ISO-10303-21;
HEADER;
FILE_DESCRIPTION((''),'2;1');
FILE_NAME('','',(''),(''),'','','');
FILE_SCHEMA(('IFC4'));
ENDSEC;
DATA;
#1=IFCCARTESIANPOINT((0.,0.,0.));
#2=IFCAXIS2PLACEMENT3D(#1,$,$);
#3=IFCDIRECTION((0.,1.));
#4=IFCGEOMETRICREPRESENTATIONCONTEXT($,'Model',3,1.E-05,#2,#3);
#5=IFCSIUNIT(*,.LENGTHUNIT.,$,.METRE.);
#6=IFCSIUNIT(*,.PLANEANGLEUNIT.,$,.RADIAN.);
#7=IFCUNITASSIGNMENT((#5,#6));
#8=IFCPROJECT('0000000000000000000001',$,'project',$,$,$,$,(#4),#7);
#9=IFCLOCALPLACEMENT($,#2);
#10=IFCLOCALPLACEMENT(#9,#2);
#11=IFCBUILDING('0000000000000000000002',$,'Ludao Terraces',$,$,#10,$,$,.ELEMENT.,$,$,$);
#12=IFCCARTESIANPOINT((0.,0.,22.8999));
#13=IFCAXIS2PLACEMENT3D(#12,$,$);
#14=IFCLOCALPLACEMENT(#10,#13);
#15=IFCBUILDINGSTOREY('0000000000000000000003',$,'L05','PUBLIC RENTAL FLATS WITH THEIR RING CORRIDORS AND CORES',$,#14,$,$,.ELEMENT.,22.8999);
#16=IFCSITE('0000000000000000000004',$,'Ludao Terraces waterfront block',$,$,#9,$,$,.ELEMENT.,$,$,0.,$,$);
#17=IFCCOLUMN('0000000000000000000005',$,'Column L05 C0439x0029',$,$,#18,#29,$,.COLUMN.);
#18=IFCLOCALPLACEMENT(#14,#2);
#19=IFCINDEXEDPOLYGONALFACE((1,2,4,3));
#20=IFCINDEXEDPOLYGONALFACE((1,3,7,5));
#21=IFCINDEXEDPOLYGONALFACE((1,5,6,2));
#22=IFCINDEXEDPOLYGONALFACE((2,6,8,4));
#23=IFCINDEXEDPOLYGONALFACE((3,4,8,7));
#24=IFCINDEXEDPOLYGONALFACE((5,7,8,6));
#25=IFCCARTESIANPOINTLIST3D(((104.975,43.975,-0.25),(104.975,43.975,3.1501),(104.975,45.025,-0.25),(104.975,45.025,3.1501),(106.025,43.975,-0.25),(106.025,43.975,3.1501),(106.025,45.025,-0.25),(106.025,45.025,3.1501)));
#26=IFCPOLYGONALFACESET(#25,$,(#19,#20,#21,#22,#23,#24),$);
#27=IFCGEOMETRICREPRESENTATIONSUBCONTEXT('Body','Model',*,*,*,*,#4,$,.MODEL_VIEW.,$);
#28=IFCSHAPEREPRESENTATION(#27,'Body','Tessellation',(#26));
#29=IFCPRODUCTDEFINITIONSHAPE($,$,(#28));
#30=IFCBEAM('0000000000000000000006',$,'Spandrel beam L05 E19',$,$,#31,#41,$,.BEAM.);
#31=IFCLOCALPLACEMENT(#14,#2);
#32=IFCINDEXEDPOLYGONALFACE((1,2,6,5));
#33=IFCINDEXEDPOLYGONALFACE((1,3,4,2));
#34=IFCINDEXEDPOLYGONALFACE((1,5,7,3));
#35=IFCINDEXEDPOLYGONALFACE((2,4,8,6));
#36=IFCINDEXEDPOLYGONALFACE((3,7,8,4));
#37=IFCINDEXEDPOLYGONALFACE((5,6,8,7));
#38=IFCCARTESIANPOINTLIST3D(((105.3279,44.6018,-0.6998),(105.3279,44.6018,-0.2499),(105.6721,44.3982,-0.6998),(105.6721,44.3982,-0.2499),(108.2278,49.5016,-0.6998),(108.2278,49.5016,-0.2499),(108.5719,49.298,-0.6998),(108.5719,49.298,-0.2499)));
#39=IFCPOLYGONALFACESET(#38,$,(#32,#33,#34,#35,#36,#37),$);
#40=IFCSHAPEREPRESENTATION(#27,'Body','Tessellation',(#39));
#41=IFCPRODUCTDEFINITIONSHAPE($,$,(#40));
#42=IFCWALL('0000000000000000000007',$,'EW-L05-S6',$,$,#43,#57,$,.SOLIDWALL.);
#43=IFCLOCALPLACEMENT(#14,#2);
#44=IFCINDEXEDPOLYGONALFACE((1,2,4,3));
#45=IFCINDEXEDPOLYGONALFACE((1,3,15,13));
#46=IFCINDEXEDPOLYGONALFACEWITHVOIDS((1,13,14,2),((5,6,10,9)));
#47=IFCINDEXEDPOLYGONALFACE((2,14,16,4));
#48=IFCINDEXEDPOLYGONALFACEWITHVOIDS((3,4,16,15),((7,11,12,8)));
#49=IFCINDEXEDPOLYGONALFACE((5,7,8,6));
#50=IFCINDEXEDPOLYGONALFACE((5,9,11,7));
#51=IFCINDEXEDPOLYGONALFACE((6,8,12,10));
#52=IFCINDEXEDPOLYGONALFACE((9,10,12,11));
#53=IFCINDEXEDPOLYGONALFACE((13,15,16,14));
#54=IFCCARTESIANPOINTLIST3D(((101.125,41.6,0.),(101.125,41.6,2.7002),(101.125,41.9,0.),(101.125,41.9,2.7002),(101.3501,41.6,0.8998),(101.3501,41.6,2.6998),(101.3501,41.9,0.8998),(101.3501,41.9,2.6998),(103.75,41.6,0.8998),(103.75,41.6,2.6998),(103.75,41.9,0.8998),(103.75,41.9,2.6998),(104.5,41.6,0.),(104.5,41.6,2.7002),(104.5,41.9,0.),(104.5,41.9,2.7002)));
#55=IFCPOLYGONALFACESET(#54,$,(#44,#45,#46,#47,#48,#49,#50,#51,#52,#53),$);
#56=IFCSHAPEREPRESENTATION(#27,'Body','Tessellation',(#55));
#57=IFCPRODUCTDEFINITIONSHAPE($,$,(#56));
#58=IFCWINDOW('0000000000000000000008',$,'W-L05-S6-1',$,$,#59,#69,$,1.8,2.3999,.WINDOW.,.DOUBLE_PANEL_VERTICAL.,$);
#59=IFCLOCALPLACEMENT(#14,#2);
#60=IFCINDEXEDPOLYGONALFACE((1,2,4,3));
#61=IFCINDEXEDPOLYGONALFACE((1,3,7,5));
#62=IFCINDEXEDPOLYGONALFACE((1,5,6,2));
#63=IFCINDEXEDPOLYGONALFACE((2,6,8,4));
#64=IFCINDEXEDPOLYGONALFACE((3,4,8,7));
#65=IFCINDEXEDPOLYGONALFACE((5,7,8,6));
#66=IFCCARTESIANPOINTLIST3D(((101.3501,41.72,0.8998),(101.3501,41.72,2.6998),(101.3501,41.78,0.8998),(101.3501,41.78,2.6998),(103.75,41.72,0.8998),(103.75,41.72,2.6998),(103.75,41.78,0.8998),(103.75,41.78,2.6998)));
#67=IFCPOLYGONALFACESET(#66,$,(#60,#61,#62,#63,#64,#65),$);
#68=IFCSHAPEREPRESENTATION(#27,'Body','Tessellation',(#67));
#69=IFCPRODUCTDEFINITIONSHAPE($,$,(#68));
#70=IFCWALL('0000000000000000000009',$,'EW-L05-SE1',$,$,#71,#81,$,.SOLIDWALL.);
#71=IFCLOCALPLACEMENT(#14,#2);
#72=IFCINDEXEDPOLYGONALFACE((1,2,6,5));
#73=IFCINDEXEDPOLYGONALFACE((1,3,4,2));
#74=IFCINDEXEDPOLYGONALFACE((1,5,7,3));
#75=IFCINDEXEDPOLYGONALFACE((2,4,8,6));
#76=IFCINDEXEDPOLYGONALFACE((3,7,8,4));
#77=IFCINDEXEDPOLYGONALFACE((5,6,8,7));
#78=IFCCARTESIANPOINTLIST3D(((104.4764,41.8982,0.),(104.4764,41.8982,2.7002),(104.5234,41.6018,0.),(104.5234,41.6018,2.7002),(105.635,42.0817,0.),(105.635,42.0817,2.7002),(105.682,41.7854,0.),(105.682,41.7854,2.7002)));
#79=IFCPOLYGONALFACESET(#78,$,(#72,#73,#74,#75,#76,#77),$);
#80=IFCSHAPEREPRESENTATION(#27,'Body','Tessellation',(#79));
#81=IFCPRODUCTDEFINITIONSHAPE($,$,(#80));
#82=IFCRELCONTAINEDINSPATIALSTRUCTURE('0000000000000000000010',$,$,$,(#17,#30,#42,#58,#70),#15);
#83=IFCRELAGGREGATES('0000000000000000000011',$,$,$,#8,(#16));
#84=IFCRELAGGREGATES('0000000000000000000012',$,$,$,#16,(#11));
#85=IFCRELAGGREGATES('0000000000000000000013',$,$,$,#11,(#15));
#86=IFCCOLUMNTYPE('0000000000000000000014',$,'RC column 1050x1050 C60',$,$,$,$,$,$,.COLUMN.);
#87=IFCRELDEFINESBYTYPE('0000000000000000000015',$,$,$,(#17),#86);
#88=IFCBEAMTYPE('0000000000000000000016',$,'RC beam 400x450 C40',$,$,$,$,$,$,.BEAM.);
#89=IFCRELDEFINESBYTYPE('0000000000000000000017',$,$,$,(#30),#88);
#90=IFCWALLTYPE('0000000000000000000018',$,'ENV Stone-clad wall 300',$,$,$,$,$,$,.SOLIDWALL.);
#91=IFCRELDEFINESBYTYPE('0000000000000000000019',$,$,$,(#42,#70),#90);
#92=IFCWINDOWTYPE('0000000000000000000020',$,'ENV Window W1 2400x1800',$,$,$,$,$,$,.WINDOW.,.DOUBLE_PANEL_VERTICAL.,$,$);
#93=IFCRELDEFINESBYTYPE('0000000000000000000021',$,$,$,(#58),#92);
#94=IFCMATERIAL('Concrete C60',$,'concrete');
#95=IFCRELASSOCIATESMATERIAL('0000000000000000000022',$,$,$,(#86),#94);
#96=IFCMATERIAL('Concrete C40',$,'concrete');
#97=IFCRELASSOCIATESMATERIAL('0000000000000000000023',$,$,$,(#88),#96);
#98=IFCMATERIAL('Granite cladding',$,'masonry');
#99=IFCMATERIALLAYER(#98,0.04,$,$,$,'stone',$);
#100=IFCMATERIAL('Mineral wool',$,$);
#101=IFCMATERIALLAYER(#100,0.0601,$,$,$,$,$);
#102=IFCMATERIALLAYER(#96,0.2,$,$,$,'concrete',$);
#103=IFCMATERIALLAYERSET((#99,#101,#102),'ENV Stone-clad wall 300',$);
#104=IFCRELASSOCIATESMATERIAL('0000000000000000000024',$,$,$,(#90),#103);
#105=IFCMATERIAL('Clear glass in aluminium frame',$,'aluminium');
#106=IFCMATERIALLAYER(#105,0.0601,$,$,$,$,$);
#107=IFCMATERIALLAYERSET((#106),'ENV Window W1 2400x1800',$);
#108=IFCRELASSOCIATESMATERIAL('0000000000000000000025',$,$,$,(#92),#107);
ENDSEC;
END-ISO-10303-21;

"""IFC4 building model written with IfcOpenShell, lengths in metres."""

from ifc_helpers import new_model, si_unit, direction, frame, frame_2d, origin, origin_2d, place, context, subcontext, project, spatial, rectangle, extrude, material, layer, layer_set, material_profile, profile_set, type_object, element, fill, save


model = new_model("IFC4")

# Units and contexts
model_context = context("Model", 3, precision=1e-05, world=origin(), true_north=direction((0.0, 1.0)))
body_context = subcontext(model_context, "Body", "Model", "MODEL_VIEW")
ifc_project = project(units=[si_unit("LENGTHUNIT", "METRE"), si_unit("PLANEANGLEUNIT", "RADIAN")], contexts=[model_context])

# Site, building, storey
site_placement = place(None, origin())
site = spatial("IfcSite", under=ifc_project, at=site_placement, Name="Ludao Terraces waterfront block", CompositionType="ELEMENT", RefElevation=0.0)
building_placement = place(site_placement, origin())
building = spatial("IfcBuilding", under=site, at=building_placement, Name="Ludao Terraces", CompositionType="ELEMENT")
storey_placement = place(building_placement, frame((0.0, 0.0, 22.8999)))
storey = spatial("IfcBuildingStorey", under=building, at=storey_placement, Name="L05", Description="PUBLIC RENTAL FLATS WITH THEIR RING CORRIDORS AND CORES", CompositionType="ELEMENT", Elevation=22.8999)

# Column
ifc_material_1 = material(Name="Concrete C60", Category="concrete")
ifc_material_profile_1 = material_profile(ifc_material_1, rectangle(XDim=1.05, YDim=1.05, at=origin_2d()), Name="1050 X 1050")
ifc_profile_set_1 = profile_set([ifc_material_profile_1], Name="Concrete C60")
column_type = type_object("IfcColumnType", Name="RC column 1050x1050 C60", PredefinedType="COLUMN", material=ifc_profile_set_1)
column_placement = place(storey_placement, frame((105.5, 44.5, -0.25), z_axis=(0.0, 0.0, 1.0), x_axis=(1.0, 0.0, 0.0)))
element("IfcColumn", 1, at=column_placement, inside=storey, type_object=column_type, Name="Column L05 C0439x0029", PredefinedType="COLUMN", context=body_context, shape_type="SweptSolid", body=[
    extrude(rectangle(XDim=1.05, YDim=1.05, at=origin_2d()), origin(), (0.0, 0.0, 1.0), 3.4001),
])

# Beam
ifc_material_2 = material(Name="Concrete C40", Category="concrete")
ifc_material_profile_2 = material_profile(ifc_material_2, rectangle(XDim=0.3999, YDim=0.45, at=origin_2d()), Name="400 X 450")
ifc_profile_set_2 = profile_set([ifc_material_profile_2], Name="Concrete C40")
beam_type = type_object("IfcBeamType", Name="RC beam 400x450 C40", PredefinedType="BEAM", material=ifc_profile_set_2)
beam_placement = place(storey_placement, frame((105.5, 44.5, -0.4749), z_axis=(0.509316, 0.86058, 0.0), x_axis=(-0.86058, 0.509316, 0.0)))
element("IfcBeam", 2, at=beam_placement, inside=storey, type_object=beam_type, Name="Spandrel beam L05 E19", PredefinedType="BEAM", context=body_context, shape_type="SweptSolid", body=[
    extrude(rectangle(XDim=0.3999, YDim=0.45, at=origin_2d()), origin(), (0.0, 0.0, 1.0), 5.6936),
])

# Wall, opening, window
ifc_material_3 = material(Name="Granite cladding", Category="masonry")
ifc_layer_1 = layer(ifc_material_3, 0.04, Category="stone")
ifc_material_4 = material(Name="Mineral wool")
ifc_layer_2 = layer(ifc_material_4, 0.0601)
ifc_layer_3 = layer(ifc_material_2, 0.2, Category="concrete")
ifc_layer_set_1 = layer_set([ifc_layer_1, ifc_layer_2, ifc_layer_3], Name="ENV Stone-clad wall 300")
wall_type_1 = type_object("IfcWallType", Name="ENV Stone-clad wall 300", PredefinedType="SOLIDWALL", material=ifc_layer_set_1)
wall_1_placement = place(storey_placement, frame((101.125, 41.75, 0.0), z_axis=(0.0, 0.0, 1.0), x_axis=(1.0, 0.0, 0.0)))
wall_1 = element("IfcWall", 3, at=wall_1_placement, inside=storey, type_object=wall_type_1, Name="EW-L05-S6", PredefinedType="SOLIDWALL", context=body_context, shape_type="SweptSolid", body=[
    extrude(rectangle(XDim=3.375, YDim=0.3, at=frame_2d((1.6875, 0.0))), origin(), (0.0, 0.0, 1.0), 2.7002),
])
opening_1_placement = place(wall_1_placement, frame((0.2251, 0.0, 0.8999)))
opening_1 = element("IfcOpeningElement", 4, at=opening_1_placement, cuts=wall_1, PredefinedType="OPENING", context=body_context, shape_type="SweptSolid", body=[
    extrude(rectangle(XDim=2.3999, YDim=1.8, at=frame_2d((1.2, 0.8999))), frame((0.0, 0.1602, 0.0), z_axis=(0.0, -1.0, 0.0), x_axis=(1.0, 0.0, 0.0)), (0.0, 0.0, 1.0), 0.3201),
])
ifc_material_5 = material(Name="Clear glass in aluminium frame", Category="aluminium")
ifc_layer_4 = layer(ifc_material_5, 0.0601)
ifc_layer_set_2 = layer_set([ifc_layer_4], Name="ENV Window W1 2400x1800")
window_type = type_object("IfcWindowType", Name="ENV Window W1 2400x1800", PartitioningType="DOUBLE_PANEL_VERTICAL", PredefinedType="WINDOW", material=ifc_layer_set_2)
window_placement = place(opening_1_placement, origin())
window = element("IfcWindow", 5, at=window_placement, inside=storey, type_object=window_type, Name="W-L05-S6-1", OverallHeight=1.8, OverallWidth=2.3999, PartitioningType="DOUBLE_PANEL_VERTICAL", PredefinedType="WINDOW", context=body_context, shape_type="SweptSolid", body=[
    extrude(rectangle(XDim=2.3999, YDim=1.8, at=frame_2d((1.2, 0.8999))), frame((0.0, 0.03, 0.0), z_axis=(0.0, -1.0, 0.0), x_axis=(1.0, 0.0, 0.0)), (0.0, 0.0, 1.0), 0.0601),
])
fill(opening_1, window)

# Wall
wall_2_placement = place(storey_placement, frame((104.5, 41.75, 0.0), z_axis=(0.0, 0.0, 1.0), x_axis=(0.987678, 0.156497, 0.0)))
element("IfcWall", 6, at=wall_2_placement, inside=storey, type_object=wall_type_1, Name="EW-L05-SE1", PredefinedType="SOLIDWALL", context=body_context, shape_type="SweptSolid", body=[
    extrude(rectangle(XDim=1.1731, YDim=0.3, at=frame_2d((0.5864, 0.0))), origin(), (0.0, 0.0, 1.0), 2.7002),
])

save(model, "model.ifc")
